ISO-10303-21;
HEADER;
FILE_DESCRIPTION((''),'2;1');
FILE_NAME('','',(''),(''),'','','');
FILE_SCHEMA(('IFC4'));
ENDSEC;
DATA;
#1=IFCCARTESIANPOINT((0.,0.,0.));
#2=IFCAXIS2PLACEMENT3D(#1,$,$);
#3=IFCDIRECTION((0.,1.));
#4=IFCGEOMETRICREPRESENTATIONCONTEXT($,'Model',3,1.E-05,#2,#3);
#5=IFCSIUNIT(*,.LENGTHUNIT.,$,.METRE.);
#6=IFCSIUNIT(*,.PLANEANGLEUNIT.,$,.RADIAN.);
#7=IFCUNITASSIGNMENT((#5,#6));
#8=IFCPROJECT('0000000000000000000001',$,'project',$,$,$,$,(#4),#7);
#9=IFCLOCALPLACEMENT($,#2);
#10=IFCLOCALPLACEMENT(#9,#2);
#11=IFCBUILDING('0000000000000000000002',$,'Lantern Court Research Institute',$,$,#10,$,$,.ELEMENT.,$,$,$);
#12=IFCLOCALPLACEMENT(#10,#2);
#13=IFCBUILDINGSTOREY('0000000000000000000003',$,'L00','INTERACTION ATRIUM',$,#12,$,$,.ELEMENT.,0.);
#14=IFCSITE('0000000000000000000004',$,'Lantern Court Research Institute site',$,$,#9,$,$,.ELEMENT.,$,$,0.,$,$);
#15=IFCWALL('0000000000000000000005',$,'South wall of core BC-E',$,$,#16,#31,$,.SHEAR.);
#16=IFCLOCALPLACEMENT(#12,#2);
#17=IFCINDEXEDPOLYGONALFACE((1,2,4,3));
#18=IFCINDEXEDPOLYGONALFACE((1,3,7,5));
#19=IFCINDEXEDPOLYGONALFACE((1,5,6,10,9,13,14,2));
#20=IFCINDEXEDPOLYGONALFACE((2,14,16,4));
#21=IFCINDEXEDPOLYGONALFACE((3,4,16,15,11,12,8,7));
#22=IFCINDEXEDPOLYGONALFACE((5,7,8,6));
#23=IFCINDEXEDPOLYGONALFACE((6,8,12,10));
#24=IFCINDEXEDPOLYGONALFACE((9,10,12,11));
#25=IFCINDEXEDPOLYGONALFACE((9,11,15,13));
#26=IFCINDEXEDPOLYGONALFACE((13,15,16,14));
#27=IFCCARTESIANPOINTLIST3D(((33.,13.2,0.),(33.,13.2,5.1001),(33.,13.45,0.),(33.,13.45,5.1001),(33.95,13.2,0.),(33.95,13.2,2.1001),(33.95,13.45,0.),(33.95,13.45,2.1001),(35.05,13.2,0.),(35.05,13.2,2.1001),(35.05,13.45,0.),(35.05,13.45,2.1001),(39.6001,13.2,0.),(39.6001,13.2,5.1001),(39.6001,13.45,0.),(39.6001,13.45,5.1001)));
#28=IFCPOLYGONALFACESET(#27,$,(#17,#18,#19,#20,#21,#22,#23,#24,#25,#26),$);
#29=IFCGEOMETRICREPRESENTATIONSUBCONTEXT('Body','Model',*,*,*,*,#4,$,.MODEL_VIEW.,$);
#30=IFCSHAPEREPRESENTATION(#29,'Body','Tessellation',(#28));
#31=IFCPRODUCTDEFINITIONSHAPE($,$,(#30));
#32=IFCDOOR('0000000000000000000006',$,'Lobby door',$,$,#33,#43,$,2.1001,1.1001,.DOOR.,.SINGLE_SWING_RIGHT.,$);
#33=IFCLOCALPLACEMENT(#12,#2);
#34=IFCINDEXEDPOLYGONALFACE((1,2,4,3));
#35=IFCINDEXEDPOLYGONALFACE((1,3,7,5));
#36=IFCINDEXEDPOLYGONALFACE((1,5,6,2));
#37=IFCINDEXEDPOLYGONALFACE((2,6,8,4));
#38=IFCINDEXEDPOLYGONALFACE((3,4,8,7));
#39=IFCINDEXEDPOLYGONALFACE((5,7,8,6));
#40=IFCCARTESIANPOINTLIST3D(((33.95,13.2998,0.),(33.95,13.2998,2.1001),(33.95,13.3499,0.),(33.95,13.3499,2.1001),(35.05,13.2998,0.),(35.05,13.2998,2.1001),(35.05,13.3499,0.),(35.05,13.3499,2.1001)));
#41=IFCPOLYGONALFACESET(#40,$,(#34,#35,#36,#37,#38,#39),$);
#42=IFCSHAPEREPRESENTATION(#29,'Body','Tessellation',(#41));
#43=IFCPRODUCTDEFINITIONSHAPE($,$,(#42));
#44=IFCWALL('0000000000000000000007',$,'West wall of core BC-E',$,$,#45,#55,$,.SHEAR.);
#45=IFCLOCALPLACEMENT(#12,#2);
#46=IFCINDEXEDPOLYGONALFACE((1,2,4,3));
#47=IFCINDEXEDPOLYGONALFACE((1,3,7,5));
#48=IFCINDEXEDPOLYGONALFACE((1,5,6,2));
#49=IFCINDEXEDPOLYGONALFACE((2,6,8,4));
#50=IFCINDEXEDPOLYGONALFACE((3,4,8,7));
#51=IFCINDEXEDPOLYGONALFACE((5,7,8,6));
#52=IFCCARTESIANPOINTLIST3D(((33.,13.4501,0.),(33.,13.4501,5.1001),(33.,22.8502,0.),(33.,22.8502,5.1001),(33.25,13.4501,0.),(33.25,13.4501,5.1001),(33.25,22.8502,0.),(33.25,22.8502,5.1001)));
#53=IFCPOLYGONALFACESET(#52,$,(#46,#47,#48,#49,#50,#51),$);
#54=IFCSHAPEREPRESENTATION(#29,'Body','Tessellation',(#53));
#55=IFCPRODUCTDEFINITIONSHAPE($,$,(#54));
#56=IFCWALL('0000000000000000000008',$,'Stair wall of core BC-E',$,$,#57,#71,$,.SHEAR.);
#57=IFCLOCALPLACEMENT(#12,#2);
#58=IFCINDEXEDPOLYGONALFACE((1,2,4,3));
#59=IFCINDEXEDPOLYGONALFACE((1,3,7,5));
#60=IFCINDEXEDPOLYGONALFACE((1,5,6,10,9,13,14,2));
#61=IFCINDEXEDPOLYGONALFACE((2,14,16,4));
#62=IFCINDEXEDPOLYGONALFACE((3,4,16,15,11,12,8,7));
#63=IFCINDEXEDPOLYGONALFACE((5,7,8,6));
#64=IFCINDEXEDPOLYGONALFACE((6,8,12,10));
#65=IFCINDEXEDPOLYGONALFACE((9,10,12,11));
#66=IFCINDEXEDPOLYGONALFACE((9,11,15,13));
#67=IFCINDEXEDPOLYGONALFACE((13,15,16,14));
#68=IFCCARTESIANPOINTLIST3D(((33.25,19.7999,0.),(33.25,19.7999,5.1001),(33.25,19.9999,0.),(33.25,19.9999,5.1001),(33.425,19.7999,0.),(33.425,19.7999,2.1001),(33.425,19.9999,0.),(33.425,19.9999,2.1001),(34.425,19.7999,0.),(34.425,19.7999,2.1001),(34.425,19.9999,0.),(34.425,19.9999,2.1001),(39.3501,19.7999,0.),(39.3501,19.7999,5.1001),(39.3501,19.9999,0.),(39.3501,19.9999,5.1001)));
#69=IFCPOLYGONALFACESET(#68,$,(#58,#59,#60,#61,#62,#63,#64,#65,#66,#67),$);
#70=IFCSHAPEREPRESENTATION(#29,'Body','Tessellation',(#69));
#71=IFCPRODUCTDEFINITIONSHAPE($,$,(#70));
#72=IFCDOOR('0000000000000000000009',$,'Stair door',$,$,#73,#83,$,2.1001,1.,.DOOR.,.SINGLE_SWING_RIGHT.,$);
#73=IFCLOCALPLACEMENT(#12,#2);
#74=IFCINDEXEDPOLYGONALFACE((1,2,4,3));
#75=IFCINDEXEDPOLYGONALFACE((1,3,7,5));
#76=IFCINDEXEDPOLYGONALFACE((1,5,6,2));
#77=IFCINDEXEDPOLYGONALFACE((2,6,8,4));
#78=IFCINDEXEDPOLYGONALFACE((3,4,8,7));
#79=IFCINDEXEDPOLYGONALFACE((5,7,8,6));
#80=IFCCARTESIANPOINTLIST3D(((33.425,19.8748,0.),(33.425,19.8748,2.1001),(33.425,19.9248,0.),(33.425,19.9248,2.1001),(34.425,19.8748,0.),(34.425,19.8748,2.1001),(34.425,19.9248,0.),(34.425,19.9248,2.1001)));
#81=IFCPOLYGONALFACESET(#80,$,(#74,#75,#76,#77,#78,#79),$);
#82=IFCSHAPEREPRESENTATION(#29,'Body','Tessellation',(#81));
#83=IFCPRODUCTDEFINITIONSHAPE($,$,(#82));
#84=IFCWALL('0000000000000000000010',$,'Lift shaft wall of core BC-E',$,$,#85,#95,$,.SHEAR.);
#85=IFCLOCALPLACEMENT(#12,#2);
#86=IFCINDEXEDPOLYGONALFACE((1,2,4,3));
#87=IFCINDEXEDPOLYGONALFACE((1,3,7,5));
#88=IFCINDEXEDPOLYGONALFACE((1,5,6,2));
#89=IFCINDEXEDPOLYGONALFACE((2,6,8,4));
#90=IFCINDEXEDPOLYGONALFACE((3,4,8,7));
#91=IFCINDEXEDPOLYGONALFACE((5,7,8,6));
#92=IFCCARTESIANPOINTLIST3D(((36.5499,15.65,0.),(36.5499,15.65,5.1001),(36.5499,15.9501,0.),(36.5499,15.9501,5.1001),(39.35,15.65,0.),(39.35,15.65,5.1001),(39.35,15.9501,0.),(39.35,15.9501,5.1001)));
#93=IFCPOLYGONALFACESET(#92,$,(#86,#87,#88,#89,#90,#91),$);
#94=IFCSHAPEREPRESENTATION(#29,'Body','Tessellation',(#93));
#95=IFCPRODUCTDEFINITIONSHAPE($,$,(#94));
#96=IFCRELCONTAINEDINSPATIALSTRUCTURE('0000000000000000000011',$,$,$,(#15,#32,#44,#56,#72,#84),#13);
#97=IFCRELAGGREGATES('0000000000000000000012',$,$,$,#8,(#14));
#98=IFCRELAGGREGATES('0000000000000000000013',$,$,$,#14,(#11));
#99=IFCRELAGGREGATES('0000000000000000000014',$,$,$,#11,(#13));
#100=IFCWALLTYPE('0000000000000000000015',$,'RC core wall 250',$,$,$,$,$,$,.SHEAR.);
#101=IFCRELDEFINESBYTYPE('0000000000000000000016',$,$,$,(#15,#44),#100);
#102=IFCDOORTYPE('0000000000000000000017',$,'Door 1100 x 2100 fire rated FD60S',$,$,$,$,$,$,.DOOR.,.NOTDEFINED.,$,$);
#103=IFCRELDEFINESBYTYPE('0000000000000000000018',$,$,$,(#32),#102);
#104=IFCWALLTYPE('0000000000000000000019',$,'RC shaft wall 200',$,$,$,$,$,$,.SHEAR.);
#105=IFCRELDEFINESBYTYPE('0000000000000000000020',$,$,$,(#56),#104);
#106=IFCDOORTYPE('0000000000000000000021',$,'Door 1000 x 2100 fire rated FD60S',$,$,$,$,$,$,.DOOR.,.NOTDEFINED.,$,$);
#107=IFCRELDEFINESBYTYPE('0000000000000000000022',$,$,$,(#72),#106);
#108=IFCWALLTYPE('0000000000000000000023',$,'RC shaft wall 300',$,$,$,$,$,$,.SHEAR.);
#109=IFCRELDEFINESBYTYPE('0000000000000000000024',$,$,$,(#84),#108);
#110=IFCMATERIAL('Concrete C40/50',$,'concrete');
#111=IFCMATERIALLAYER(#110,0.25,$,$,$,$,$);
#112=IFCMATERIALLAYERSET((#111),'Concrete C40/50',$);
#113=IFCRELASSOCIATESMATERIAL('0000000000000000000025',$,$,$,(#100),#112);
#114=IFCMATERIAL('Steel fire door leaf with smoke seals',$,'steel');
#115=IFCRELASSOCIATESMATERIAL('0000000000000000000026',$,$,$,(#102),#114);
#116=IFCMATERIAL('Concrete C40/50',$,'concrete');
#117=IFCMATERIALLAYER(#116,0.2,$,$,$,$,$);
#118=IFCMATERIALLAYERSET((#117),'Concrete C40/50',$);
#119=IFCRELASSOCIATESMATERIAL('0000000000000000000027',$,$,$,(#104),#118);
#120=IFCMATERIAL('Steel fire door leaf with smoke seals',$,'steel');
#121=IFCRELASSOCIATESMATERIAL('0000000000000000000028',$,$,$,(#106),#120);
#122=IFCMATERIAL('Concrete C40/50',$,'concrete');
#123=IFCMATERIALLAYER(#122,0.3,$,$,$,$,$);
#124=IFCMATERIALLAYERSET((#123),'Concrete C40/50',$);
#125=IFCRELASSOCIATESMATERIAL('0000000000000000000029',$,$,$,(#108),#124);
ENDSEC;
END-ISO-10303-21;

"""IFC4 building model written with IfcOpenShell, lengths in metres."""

from ifc_helpers import new_model, si_unit, direction, frame, frame_2d, origin, place, context, subcontext, project, spatial, rectangle, extrude, material, layer, layer_set, type_object, element, fill, save


model = new_model("IFC4")

# Units and contexts
model_context = context("Model", 3, precision=1e-05, world=origin(), true_north=direction((0.0, 1.0)))
body_context = subcontext(model_context, "Body", "Model", "MODEL_VIEW")
ifc_project = project(units=[si_unit("LENGTHUNIT", "METRE"), si_unit("PLANEANGLEUNIT", "RADIAN")], contexts=[model_context])

# Site, building, storey
site_placement = place(None, origin())
site = spatial("IfcSite", under=ifc_project, at=site_placement, Name="Lantern Court Research Institute site", CompositionType="ELEMENT", RefElevation=0.0)
building_placement = place(site_placement, origin())
building = spatial("IfcBuilding", under=site, at=building_placement, Name="Lantern Court Research Institute", CompositionType="ELEMENT")
storey_placement = place(building_placement, origin())
storey = spatial("IfcBuildingStorey", under=building, at=storey_placement, Name="L00", Description="INTERACTION ATRIUM", CompositionType="ELEMENT", Elevation=0.0)

# Wall, opening, door
ifc_material_1 = material(Name="Concrete C40/50", Category="concrete")
ifc_layer_1 = layer(ifc_material_1, 0.25)
ifc_layer_set_1 = layer_set([ifc_layer_1], Name="Concrete C40/50")
wall_type_1 = type_object("IfcWallType", Name="RC core wall 250", PredefinedType="SHEAR", material=ifc_layer_set_1)
wall_1_placement = place(storey_placement, frame((33.0, 13.325, 0.0), z_axis=(0.0, 0.0, 1.0), x_axis=(1.0, 0.0, 0.0)))
wall_1 = element("IfcWall", 1, at=wall_1_placement, inside=storey, type_object=wall_type_1, Name="South wall of core BC-E", PredefinedType="SHEAR", context=body_context, shape_type="SweptSolid", body=[
    extrude(rectangle(XDim=6.6001, YDim=0.25, at=frame_2d((3.3, 0.0))), origin(), (0.0, 0.0, 1.0), 5.1001),
])
opening_1_placement = place(wall_1_placement, frame((0.95, 0.0, 0.0)))
opening_1 = element("IfcOpeningElement", 2, at=opening_1_placement, cuts=wall_1, PredefinedType="OPENING", context=body_context, shape_type="SweptSolid", body=[
    extrude(rectangle(XDim=1.1001, YDim=2.1001, at=frame_2d((0.55, 1.05))), frame((0.0, 0.135, 0.0), z_axis=(0.0, -1.0, 0.0), x_axis=(1.0, 0.0, 0.0)), (0.0, 0.0, 1.0), 0.27),
])
ifc_material_2 = material(Name="Steel fire door leaf with smoke seals", Category="steel")
door_type_1 = type_object("IfcDoorType", Name="Door 1100 x 2100 fire rated FD60S", OperationType="NOTDEFINED", PredefinedType="DOOR", material=ifc_material_2)
door_1_placement = place(opening_1_placement, origin())
door_1 = element("IfcDoor", 3, at=door_1_placement, inside=storey, type_object=door_type_1, Name="Lobby door", OperationType="SINGLE_SWING_RIGHT", OverallHeight=2.1001, OverallWidth=1.1001, PredefinedType="DOOR", context=body_context, shape_type="SweptSolid", body=[
    extrude(rectangle(XDim=1.1001, YDim=2.1001, at=frame_2d((0.55, 1.05))), frame((0.0, 0.0249, 0.0), z_axis=(0.0, -1.0, 0.0), x_axis=(1.0, 0.0, 0.0)), (0.0, 0.0, 1.0), 0.05),
])
fill(opening_1, door_1)

# Wall
wall_2_placement = place(storey_placement, frame((33.125, 13.45, 0.0), z_axis=(0.0, 0.0, 1.0), x_axis=(0.0, 1.0, 0.0)))
element("IfcWall", 4, at=wall_2_placement, inside=storey, type_object=wall_type_1, Name="West wall of core BC-E", PredefinedType="SHEAR", context=body_context, shape_type="SweptSolid", body=[
    extrude(rectangle(XDim=9.4001, YDim=0.25, at=frame_2d((4.7002, 0.0))), origin(), (0.0, 0.0, 1.0), 5.1001),
])

# Wall, opening, door
ifc_material_3 = material(Name="Concrete C40/50", Category="concrete")
ifc_layer_2 = layer(ifc_material_3, 0.2)
ifc_layer_set_2 = layer_set([ifc_layer_2], Name="Concrete C40/50")
wall_type_2 = type_object("IfcWallType", Name="RC shaft wall 200", PredefinedType="SHEAR", material=ifc_layer_set_2)
wall_3_placement = place(storey_placement, frame((33.25, 19.8999, 0.0), z_axis=(0.0, 0.0, 1.0), x_axis=(1.0, 0.0, 0.0)))
wall_3 = element("IfcWall", 5, at=wall_3_placement, inside=storey, type_object=wall_type_2, Name="Stair wall of core BC-E", PredefinedType="SHEAR", context=body_context, shape_type="SweptSolid", body=[
    extrude(rectangle(XDim=6.1001, YDim=0.2, at=frame_2d((3.05, 0.0))), origin(), (0.0, 0.0, 1.0), 5.1001),
])
opening_2_placement = place(wall_3_placement, frame((0.175, 0.0, 0.0)))
opening_2 = element("IfcOpeningElement", 6, at=opening_2_placement, cuts=wall_3, PredefinedType="OPENING", context=body_context, shape_type="SweptSolid", body=[
    extrude(rectangle(XDim=1.0, YDim=2.1001, at=frame_2d((0.5, 1.05))), frame((0.0, 0.1099, 0.0), z_axis=(0.0, -1.0, 0.0), x_axis=(1.0, 0.0, 0.0)), (0.0, 0.0, 1.0), 0.22),
])
ifc_material_4 = material(Name="Steel fire door leaf with smoke seals", Category="steel")
door_type_2 = type_object("IfcDoorType", Name="Door 1000 x 2100 fire rated FD60S", OperationType="NOTDEFINED", PredefinedType="DOOR", material=ifc_material_4)
door_2_placement = place(opening_2_placement, origin())
door_2 = element("IfcDoor", 7, at=door_2_placement, inside=storey, type_object=door_type_2, Name="Stair door", OperationType="SINGLE_SWING_RIGHT", OverallHeight=2.1001, OverallWidth=1.0, PredefinedType="DOOR", context=body_context, shape_type="SweptSolid", body=[
    extrude(rectangle(XDim=1.0, YDim=2.1001, at=frame_2d((0.5, 1.05))), frame((0.0, 0.0249, 0.0), z_axis=(0.0, -1.0, 0.0), x_axis=(1.0, 0.0, 0.0)), (0.0, 0.0, 1.0), 0.05),
])
fill(opening_2, door_2)

# Shared definitions
ifc_material_5 = material(Name="Concrete C40/50", Category="concrete")
ifc_layer_3 = layer(ifc_material_5, 0.3)
ifc_layer_set_3 = layer_set([ifc_layer_3], Name="Concrete C40/50")
wall_type_3 = type_object("IfcWallType", Name="RC shaft wall 300", PredefinedType="SHEAR", material=ifc_layer_set_3)

# Wall
wall_4_placement = place(storey_placement, frame((36.55, 15.8, 0.0), z_axis=(0.0, 0.0, 1.0), x_axis=(1.0, 0.0, 0.0)))
element("IfcWall", 8, at=wall_4_placement, inside=storey, type_object=wall_type_3, Name="Lift shaft wall of core BC-E", PredefinedType="SHEAR", context=body_context, shape_type="SweptSolid", body=[
    extrude(rectangle(XDim=2.8, YDim=0.3, at=frame_2d((1.3999, 0.0))), origin(), (0.0, 0.0, 1.0), 5.1001),
])

save(model, "model.ifc")
